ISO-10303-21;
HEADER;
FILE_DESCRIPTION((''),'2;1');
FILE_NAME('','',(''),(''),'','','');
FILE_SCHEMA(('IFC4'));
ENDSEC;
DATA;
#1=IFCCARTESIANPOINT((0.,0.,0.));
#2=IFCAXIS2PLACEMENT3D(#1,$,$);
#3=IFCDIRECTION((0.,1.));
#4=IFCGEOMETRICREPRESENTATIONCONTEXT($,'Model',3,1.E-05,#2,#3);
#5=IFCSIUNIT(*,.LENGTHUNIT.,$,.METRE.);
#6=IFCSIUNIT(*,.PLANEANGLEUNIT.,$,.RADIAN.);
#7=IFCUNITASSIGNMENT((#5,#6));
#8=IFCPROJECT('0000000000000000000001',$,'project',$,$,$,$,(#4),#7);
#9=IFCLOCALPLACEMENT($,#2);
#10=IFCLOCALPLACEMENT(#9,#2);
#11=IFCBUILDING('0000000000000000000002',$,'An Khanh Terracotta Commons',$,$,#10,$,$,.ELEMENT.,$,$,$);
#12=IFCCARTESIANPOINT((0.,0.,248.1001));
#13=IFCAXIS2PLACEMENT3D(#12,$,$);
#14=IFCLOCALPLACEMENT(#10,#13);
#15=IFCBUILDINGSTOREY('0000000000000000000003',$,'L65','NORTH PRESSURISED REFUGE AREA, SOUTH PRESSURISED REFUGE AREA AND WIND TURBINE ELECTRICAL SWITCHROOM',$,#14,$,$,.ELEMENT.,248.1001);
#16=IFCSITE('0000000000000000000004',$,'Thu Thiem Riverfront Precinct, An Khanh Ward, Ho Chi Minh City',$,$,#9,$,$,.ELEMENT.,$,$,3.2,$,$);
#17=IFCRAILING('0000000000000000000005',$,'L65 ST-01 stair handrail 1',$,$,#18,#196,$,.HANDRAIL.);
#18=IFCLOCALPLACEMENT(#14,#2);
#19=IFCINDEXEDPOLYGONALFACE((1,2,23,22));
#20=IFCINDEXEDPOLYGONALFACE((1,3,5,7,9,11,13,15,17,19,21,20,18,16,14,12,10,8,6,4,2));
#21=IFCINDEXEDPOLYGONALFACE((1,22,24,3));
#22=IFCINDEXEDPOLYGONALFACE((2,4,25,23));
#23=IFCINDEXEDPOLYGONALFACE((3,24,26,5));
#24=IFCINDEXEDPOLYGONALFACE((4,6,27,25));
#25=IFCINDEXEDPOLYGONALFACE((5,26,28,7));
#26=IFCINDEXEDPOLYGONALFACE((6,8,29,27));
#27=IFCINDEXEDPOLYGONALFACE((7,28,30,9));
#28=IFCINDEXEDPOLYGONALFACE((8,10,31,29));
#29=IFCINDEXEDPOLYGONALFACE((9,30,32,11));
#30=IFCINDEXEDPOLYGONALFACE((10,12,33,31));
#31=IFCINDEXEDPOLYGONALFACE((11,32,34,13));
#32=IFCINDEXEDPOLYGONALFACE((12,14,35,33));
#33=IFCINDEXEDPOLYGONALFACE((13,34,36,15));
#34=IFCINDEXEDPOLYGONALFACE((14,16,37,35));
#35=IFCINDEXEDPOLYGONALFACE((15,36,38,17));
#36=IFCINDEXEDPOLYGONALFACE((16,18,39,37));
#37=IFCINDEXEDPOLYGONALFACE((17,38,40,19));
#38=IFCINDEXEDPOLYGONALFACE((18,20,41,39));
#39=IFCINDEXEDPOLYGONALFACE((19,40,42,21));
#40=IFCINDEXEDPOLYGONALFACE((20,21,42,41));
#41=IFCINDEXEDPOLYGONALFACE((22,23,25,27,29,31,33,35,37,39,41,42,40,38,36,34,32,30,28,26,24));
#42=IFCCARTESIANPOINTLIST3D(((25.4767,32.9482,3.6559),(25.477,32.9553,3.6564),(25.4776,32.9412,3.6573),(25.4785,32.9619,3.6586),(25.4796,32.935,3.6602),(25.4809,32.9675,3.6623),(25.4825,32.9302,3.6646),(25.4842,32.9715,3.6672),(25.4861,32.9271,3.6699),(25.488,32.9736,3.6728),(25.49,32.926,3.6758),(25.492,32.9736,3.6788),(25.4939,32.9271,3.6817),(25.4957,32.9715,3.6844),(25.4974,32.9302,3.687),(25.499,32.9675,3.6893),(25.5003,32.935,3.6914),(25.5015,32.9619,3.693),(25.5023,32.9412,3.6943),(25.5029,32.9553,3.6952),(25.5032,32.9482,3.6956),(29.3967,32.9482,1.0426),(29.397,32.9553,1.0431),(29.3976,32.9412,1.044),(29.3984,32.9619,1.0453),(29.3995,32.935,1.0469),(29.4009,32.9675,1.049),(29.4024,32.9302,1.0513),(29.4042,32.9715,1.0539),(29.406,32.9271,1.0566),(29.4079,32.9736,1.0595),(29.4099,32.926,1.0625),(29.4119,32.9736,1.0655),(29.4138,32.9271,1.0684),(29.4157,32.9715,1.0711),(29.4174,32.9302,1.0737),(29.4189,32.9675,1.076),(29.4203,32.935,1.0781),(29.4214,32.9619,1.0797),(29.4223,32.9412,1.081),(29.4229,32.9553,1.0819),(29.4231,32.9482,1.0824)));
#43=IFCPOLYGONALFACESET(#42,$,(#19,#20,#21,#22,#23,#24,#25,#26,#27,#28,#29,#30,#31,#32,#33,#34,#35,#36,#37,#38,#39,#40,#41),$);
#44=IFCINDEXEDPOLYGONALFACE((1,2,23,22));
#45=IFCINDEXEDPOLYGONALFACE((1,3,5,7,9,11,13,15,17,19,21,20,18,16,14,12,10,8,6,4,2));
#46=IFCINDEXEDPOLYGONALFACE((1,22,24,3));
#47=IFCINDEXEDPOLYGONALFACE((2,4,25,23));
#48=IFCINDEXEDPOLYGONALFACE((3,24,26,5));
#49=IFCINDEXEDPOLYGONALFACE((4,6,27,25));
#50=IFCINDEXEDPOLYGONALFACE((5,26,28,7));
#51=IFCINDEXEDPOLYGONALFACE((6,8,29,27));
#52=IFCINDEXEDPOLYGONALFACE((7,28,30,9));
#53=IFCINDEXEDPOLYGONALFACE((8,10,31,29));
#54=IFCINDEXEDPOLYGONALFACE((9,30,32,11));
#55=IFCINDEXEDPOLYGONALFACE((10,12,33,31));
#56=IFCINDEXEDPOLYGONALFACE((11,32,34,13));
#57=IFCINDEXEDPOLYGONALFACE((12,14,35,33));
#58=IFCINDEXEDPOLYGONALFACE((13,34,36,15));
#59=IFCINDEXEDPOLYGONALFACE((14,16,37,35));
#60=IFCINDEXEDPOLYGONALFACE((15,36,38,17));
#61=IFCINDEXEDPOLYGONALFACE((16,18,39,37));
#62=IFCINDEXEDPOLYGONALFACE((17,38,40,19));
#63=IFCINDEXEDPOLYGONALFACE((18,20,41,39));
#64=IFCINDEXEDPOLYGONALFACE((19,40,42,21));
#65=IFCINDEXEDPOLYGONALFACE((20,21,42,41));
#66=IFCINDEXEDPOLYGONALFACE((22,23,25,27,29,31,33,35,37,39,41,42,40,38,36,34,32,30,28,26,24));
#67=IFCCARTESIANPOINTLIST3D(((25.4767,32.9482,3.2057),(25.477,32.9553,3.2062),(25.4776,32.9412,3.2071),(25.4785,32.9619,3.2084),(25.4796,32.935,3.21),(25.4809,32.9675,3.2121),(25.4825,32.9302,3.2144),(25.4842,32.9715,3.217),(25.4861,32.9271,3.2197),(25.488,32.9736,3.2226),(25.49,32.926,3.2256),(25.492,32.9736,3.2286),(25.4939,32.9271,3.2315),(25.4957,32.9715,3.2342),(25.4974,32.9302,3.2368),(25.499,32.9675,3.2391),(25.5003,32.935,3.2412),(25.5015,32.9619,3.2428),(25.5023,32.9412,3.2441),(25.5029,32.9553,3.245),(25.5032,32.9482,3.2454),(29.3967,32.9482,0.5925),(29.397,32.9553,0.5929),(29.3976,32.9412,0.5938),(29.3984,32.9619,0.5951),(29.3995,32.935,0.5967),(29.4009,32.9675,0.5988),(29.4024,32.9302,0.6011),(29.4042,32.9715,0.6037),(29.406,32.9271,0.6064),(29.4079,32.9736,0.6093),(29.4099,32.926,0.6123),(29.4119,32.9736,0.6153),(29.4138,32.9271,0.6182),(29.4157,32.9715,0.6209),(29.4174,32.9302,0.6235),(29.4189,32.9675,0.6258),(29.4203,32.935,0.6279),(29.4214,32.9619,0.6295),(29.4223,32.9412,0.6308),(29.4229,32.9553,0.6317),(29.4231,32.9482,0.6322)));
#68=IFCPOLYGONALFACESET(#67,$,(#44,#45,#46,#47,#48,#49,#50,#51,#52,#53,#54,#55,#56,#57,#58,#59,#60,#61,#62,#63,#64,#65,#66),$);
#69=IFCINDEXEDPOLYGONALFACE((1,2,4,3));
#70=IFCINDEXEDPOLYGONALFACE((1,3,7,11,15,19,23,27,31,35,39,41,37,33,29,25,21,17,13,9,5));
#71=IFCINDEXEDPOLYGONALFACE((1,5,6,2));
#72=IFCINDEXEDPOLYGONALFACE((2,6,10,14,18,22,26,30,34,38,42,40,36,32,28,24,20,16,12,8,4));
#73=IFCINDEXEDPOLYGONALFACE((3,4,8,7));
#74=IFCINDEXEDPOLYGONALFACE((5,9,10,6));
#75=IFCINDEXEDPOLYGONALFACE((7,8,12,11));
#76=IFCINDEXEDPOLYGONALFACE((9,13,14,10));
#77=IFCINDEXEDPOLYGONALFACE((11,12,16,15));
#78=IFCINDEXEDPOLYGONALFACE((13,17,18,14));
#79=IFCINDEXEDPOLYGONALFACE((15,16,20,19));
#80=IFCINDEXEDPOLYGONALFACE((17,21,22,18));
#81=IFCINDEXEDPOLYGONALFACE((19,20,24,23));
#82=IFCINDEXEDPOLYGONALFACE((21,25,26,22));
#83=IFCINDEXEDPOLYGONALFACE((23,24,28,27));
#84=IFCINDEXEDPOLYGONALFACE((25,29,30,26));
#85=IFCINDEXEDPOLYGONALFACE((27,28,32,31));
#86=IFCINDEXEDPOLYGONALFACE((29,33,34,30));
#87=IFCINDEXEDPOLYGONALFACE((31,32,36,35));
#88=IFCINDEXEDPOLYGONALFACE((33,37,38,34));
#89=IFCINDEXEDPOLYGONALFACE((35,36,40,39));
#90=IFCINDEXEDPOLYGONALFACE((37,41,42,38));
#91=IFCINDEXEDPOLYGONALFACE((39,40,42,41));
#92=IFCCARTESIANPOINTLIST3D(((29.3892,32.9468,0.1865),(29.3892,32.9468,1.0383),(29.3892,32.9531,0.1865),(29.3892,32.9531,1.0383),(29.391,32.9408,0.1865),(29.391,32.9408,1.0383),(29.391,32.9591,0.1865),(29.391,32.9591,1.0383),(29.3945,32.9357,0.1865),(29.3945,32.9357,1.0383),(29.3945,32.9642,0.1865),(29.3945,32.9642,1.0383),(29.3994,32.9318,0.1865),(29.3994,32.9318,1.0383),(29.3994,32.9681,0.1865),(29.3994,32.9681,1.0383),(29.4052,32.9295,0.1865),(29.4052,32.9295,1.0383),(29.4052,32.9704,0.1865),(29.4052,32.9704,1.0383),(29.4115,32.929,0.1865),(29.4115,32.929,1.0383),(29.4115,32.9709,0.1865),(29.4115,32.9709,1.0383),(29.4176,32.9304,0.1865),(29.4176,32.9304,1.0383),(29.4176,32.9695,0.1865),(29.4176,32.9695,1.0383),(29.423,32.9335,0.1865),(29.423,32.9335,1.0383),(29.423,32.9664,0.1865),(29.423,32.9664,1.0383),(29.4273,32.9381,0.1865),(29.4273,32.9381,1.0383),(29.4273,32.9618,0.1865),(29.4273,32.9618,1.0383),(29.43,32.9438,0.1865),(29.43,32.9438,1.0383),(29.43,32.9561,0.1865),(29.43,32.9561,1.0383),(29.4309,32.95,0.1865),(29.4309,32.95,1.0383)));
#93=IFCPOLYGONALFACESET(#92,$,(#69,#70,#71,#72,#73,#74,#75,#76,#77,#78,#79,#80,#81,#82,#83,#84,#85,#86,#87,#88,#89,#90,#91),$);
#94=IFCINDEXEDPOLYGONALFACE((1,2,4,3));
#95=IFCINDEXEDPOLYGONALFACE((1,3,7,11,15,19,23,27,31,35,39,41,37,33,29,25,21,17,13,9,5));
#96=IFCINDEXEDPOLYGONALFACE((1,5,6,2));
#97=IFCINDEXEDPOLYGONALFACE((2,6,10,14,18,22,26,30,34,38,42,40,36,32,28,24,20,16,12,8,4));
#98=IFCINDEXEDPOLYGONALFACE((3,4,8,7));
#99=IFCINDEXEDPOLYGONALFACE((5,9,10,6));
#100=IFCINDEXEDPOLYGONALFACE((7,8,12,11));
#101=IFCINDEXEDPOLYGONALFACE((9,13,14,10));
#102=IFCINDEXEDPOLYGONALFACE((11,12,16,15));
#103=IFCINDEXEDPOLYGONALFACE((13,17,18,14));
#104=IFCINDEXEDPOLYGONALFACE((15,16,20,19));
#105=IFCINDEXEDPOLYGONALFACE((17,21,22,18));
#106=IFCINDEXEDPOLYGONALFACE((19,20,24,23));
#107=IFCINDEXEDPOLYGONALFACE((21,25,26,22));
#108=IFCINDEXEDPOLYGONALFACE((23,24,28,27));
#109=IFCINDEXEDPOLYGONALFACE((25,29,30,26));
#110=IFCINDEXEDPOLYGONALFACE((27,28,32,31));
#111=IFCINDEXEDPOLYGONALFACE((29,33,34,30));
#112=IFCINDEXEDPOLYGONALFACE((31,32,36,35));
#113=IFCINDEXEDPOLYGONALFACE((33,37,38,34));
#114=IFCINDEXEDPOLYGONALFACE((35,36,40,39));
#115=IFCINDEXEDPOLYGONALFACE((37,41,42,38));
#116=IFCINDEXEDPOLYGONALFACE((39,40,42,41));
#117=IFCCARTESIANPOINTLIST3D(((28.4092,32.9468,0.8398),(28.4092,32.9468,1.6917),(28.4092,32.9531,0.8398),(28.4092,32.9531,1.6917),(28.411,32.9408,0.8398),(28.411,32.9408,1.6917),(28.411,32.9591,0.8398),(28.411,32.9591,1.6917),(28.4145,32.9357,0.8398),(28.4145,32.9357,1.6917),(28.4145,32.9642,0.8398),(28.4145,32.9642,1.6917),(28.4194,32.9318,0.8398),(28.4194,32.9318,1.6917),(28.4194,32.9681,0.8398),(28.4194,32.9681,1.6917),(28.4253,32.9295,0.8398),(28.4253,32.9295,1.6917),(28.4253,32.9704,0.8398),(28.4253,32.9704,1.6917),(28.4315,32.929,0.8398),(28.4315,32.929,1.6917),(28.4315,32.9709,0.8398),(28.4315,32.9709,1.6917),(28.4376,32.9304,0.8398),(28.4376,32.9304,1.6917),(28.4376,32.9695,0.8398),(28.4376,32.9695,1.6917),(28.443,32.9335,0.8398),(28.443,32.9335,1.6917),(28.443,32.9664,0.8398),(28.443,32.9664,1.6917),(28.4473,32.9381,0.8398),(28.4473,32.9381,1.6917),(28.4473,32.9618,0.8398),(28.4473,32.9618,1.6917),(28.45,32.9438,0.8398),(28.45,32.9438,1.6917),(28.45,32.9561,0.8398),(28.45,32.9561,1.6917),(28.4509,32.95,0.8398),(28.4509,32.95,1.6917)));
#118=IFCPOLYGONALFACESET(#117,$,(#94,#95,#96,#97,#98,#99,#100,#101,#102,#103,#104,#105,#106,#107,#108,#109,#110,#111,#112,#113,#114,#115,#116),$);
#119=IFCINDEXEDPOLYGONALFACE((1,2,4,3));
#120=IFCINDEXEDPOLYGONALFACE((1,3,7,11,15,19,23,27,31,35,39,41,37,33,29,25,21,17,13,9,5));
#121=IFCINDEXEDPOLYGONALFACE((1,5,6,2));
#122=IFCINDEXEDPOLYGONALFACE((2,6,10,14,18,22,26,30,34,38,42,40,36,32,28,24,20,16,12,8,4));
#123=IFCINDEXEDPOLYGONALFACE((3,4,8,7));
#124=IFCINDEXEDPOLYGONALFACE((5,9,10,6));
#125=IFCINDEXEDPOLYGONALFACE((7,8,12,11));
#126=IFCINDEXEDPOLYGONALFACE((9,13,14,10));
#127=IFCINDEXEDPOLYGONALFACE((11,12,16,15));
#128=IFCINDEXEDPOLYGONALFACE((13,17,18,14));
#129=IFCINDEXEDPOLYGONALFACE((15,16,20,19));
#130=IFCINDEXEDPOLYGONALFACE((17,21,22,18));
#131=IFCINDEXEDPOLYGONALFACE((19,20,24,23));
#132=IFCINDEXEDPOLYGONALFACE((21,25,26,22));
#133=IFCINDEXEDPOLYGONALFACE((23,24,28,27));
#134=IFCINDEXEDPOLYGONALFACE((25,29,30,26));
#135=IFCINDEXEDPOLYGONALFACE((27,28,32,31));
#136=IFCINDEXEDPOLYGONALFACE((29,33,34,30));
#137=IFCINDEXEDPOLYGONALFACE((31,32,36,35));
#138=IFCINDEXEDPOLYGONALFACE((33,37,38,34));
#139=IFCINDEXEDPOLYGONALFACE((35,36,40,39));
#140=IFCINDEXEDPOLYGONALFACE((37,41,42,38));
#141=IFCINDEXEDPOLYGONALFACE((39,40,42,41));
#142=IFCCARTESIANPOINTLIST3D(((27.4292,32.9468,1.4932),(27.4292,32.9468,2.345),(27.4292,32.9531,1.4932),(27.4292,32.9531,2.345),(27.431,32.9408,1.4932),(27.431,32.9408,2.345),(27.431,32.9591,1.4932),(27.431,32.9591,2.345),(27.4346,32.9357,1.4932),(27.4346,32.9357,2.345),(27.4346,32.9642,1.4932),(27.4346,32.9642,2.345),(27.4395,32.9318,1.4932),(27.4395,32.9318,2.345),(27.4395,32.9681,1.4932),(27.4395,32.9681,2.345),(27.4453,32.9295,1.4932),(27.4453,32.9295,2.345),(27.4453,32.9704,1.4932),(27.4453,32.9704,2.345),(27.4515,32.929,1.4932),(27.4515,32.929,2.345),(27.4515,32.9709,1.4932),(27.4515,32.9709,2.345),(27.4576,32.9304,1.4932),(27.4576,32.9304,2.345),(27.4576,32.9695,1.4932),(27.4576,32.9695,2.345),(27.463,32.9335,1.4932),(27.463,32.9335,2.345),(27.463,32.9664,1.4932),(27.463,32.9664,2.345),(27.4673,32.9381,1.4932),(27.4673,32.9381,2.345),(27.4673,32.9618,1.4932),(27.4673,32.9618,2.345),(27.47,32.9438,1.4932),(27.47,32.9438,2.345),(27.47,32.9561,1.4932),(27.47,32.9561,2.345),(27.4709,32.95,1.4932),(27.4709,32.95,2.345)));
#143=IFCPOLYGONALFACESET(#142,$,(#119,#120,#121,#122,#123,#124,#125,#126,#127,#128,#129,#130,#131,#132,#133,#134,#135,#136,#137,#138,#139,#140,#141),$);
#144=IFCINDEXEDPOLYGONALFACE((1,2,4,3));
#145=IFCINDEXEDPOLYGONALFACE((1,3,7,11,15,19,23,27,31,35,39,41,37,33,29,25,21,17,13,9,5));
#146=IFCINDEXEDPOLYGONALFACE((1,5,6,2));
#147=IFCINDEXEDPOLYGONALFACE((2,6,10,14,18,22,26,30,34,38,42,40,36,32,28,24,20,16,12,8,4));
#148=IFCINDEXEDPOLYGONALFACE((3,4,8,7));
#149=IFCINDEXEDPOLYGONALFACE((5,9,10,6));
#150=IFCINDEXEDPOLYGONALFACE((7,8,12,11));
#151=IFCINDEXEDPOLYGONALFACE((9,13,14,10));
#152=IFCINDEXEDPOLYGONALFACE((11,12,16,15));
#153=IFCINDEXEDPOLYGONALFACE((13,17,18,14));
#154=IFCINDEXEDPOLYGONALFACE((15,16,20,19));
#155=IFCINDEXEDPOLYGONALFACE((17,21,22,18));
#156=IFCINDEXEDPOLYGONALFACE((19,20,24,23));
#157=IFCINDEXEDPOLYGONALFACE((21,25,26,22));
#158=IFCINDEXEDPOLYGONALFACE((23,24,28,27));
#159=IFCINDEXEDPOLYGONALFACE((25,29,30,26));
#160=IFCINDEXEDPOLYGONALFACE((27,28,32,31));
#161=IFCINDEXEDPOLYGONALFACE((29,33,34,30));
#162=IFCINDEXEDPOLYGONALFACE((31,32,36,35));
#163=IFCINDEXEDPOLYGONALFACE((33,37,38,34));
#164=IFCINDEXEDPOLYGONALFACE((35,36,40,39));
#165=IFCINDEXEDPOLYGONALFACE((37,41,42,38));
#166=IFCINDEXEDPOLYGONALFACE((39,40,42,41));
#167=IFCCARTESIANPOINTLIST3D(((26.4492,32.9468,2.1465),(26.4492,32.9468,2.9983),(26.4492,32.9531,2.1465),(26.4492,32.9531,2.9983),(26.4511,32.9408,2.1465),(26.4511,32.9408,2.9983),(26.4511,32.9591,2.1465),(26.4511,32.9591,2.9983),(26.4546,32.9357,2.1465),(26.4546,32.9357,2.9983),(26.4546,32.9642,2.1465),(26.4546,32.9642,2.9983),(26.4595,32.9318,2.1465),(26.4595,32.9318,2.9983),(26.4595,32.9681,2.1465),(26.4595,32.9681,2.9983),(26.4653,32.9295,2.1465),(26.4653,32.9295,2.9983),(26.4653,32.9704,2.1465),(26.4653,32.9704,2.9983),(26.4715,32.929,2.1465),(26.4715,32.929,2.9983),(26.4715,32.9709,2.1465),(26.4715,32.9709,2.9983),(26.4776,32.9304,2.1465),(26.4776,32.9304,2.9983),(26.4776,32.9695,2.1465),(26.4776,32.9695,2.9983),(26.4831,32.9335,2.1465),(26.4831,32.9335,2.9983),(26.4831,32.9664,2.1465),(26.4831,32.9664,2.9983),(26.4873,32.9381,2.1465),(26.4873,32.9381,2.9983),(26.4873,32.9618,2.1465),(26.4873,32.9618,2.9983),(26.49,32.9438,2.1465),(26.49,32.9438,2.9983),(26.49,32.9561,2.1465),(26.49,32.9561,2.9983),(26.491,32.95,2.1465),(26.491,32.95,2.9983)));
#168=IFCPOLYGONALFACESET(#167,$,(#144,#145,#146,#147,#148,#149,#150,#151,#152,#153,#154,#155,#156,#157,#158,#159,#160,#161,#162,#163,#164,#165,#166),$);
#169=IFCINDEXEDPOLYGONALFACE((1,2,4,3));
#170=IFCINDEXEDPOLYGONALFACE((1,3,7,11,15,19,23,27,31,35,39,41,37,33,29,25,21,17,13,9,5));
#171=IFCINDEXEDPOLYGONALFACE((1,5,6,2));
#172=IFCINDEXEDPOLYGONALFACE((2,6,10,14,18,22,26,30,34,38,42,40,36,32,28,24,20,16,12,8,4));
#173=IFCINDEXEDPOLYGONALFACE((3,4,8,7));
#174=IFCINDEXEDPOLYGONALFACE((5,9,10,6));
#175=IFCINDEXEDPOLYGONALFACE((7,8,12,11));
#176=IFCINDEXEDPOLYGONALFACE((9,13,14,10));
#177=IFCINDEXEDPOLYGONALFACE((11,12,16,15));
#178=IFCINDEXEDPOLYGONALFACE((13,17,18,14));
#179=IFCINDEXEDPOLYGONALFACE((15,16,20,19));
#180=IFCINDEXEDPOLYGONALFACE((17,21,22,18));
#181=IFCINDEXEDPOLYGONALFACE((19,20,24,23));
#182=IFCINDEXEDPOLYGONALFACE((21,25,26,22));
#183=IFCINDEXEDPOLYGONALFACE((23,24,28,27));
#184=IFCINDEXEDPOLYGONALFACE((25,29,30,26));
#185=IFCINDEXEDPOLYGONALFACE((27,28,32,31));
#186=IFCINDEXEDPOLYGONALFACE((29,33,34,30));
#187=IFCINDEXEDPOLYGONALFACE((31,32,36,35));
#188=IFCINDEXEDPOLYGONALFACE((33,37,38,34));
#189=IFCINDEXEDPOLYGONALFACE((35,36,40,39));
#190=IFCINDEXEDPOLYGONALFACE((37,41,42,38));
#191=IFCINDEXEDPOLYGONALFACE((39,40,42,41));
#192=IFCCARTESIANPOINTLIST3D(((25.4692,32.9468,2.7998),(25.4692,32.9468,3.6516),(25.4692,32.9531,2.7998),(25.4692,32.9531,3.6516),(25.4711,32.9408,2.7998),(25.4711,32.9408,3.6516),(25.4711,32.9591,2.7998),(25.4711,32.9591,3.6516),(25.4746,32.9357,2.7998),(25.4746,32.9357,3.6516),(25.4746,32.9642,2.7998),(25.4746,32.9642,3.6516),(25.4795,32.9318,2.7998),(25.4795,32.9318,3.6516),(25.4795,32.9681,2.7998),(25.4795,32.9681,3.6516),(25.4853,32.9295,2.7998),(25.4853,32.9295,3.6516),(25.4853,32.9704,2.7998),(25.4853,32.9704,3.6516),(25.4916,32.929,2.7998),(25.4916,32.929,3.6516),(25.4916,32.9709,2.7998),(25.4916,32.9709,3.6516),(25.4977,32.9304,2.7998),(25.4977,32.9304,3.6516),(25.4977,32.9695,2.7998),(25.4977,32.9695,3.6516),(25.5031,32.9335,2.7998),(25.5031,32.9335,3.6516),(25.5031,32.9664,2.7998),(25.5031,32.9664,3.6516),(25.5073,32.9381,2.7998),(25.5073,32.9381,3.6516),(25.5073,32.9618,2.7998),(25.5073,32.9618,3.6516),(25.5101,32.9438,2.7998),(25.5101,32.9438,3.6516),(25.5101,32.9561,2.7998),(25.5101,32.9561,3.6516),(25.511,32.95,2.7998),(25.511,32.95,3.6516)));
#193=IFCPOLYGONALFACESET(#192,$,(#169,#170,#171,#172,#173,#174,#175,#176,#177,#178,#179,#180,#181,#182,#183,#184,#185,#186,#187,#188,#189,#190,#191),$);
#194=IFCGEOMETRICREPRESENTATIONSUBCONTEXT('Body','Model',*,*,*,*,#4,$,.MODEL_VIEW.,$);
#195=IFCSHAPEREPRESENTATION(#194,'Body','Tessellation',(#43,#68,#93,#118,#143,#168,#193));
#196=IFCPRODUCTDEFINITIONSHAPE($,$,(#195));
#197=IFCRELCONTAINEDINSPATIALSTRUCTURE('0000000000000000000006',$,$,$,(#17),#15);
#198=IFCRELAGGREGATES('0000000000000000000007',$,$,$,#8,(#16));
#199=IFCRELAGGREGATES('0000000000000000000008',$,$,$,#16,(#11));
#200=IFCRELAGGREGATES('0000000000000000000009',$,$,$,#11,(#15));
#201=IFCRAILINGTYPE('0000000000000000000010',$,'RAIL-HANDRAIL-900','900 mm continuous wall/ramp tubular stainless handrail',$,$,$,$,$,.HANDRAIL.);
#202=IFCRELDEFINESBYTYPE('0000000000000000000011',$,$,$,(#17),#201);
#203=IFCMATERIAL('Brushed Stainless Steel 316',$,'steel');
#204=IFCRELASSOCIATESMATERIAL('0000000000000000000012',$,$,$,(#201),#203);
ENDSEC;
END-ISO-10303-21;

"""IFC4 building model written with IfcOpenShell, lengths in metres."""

from ifc_helpers import new_model, si_unit, direction, frame, origin, origin_2d, place, context, subcontext, project, spatial, circle, extrude, material, type_object, element, save


model = new_model("IFC4")

# Units and contexts
model_context = context("Model", 3, precision=1e-05, world=origin(), true_north=direction((0.0, 1.0)))
body_context = subcontext(model_context, "Body", "Model", "MODEL_VIEW")
ifc_project = project(units=[si_unit("LENGTHUNIT", "METRE"), si_unit("PLANEANGLEUNIT", "RADIAN")], contexts=[model_context])

# Site, building, storey
site_placement = place(None, origin())
site = spatial("IfcSite", under=ifc_project, at=site_placement, Name="Thu Thiem Riverfront Precinct, An Khanh Ward, Ho Chi Minh City", CompositionType="ELEMENT", RefElevation=3.2)
building_placement = place(site_placement, origin())
building = spatial("IfcBuilding", under=site, at=building_placement, Name="An Khanh Terracotta Commons", CompositionType="ELEMENT")
storey_placement = place(building_placement, frame((0.0, 0.0, 248.1001)))
storey = spatial("IfcBuildingStorey", under=building, at=storey_placement, Name="L65", Description="NORTH PRESSURISED REFUGE AREA, SOUTH PRESSURISED REFUGE AREA AND WIND TURBINE ELECTRICAL SWITCHROOM", CompositionType="ELEMENT", Elevation=248.1001)

# Railing
ifc_material_1 = material(Name="Brushed Stainless Steel 316", Category="steel")
railing_type_1 = type_object("IfcRailingType", Name="RAIL-HANDRAIL-900", Description="900 mm continuous wall/ramp tubular stainless handrail", PredefinedType="HANDRAIL", material=ifc_material_1)
railing_1_placement = place(storey_placement, frame((29.4099, 32.95, 0.1865)))
element("IfcRailing", 1, at=railing_1_placement, inside=storey, type_object=railing_type_1, Name="L65 ST-01 stair handrail 1", PredefinedType="HANDRAIL", context=body_context, shape_type="SweptSolid", body=[
    extrude(circle(Radius=0.0239, at=origin_2d()), frame((0.0, 0.0, 0.876), z_axis=(-0.83205, 0.0, 0.5547), x_axis=(0.0, -1.0, 0.0)), (0.0, 0.0, 1.0), 4.7112),
    extrude(circle(Radius=0.0239, at=origin_2d()), frame((0.0, 0.0, 0.4258), z_axis=(-0.83205, 0.0, 0.5547), x_axis=(0.0, -1.0, 0.0)), (0.0, 0.0, 1.0), 4.7112),
    extrude(circle(Radius=0.021, at=origin_2d()), origin(), (0.0, 0.0, 1.0), 0.8518),
    extrude(circle(Radius=0.021, at=origin_2d()), frame((-0.98, 0.0, 0.6533)), (0.0, 0.0, 1.0), 0.8518),
    extrude(circle(Radius=0.021, at=origin_2d()), frame((-1.96, 0.0, 1.3066)), (0.0, 0.0, 1.0), 0.8518),
    extrude(circle(Radius=0.021, at=origin_2d()), frame((-2.9399, 0.0, 1.96)), (0.0, 0.0, 1.0), 0.8518),
    extrude(circle(Radius=0.021, at=origin_2d()), frame((-3.9199, 0.0, 2.6133)), (0.0, 0.0, 1.0), 0.8518),
])

save(model, "model.ifc")
